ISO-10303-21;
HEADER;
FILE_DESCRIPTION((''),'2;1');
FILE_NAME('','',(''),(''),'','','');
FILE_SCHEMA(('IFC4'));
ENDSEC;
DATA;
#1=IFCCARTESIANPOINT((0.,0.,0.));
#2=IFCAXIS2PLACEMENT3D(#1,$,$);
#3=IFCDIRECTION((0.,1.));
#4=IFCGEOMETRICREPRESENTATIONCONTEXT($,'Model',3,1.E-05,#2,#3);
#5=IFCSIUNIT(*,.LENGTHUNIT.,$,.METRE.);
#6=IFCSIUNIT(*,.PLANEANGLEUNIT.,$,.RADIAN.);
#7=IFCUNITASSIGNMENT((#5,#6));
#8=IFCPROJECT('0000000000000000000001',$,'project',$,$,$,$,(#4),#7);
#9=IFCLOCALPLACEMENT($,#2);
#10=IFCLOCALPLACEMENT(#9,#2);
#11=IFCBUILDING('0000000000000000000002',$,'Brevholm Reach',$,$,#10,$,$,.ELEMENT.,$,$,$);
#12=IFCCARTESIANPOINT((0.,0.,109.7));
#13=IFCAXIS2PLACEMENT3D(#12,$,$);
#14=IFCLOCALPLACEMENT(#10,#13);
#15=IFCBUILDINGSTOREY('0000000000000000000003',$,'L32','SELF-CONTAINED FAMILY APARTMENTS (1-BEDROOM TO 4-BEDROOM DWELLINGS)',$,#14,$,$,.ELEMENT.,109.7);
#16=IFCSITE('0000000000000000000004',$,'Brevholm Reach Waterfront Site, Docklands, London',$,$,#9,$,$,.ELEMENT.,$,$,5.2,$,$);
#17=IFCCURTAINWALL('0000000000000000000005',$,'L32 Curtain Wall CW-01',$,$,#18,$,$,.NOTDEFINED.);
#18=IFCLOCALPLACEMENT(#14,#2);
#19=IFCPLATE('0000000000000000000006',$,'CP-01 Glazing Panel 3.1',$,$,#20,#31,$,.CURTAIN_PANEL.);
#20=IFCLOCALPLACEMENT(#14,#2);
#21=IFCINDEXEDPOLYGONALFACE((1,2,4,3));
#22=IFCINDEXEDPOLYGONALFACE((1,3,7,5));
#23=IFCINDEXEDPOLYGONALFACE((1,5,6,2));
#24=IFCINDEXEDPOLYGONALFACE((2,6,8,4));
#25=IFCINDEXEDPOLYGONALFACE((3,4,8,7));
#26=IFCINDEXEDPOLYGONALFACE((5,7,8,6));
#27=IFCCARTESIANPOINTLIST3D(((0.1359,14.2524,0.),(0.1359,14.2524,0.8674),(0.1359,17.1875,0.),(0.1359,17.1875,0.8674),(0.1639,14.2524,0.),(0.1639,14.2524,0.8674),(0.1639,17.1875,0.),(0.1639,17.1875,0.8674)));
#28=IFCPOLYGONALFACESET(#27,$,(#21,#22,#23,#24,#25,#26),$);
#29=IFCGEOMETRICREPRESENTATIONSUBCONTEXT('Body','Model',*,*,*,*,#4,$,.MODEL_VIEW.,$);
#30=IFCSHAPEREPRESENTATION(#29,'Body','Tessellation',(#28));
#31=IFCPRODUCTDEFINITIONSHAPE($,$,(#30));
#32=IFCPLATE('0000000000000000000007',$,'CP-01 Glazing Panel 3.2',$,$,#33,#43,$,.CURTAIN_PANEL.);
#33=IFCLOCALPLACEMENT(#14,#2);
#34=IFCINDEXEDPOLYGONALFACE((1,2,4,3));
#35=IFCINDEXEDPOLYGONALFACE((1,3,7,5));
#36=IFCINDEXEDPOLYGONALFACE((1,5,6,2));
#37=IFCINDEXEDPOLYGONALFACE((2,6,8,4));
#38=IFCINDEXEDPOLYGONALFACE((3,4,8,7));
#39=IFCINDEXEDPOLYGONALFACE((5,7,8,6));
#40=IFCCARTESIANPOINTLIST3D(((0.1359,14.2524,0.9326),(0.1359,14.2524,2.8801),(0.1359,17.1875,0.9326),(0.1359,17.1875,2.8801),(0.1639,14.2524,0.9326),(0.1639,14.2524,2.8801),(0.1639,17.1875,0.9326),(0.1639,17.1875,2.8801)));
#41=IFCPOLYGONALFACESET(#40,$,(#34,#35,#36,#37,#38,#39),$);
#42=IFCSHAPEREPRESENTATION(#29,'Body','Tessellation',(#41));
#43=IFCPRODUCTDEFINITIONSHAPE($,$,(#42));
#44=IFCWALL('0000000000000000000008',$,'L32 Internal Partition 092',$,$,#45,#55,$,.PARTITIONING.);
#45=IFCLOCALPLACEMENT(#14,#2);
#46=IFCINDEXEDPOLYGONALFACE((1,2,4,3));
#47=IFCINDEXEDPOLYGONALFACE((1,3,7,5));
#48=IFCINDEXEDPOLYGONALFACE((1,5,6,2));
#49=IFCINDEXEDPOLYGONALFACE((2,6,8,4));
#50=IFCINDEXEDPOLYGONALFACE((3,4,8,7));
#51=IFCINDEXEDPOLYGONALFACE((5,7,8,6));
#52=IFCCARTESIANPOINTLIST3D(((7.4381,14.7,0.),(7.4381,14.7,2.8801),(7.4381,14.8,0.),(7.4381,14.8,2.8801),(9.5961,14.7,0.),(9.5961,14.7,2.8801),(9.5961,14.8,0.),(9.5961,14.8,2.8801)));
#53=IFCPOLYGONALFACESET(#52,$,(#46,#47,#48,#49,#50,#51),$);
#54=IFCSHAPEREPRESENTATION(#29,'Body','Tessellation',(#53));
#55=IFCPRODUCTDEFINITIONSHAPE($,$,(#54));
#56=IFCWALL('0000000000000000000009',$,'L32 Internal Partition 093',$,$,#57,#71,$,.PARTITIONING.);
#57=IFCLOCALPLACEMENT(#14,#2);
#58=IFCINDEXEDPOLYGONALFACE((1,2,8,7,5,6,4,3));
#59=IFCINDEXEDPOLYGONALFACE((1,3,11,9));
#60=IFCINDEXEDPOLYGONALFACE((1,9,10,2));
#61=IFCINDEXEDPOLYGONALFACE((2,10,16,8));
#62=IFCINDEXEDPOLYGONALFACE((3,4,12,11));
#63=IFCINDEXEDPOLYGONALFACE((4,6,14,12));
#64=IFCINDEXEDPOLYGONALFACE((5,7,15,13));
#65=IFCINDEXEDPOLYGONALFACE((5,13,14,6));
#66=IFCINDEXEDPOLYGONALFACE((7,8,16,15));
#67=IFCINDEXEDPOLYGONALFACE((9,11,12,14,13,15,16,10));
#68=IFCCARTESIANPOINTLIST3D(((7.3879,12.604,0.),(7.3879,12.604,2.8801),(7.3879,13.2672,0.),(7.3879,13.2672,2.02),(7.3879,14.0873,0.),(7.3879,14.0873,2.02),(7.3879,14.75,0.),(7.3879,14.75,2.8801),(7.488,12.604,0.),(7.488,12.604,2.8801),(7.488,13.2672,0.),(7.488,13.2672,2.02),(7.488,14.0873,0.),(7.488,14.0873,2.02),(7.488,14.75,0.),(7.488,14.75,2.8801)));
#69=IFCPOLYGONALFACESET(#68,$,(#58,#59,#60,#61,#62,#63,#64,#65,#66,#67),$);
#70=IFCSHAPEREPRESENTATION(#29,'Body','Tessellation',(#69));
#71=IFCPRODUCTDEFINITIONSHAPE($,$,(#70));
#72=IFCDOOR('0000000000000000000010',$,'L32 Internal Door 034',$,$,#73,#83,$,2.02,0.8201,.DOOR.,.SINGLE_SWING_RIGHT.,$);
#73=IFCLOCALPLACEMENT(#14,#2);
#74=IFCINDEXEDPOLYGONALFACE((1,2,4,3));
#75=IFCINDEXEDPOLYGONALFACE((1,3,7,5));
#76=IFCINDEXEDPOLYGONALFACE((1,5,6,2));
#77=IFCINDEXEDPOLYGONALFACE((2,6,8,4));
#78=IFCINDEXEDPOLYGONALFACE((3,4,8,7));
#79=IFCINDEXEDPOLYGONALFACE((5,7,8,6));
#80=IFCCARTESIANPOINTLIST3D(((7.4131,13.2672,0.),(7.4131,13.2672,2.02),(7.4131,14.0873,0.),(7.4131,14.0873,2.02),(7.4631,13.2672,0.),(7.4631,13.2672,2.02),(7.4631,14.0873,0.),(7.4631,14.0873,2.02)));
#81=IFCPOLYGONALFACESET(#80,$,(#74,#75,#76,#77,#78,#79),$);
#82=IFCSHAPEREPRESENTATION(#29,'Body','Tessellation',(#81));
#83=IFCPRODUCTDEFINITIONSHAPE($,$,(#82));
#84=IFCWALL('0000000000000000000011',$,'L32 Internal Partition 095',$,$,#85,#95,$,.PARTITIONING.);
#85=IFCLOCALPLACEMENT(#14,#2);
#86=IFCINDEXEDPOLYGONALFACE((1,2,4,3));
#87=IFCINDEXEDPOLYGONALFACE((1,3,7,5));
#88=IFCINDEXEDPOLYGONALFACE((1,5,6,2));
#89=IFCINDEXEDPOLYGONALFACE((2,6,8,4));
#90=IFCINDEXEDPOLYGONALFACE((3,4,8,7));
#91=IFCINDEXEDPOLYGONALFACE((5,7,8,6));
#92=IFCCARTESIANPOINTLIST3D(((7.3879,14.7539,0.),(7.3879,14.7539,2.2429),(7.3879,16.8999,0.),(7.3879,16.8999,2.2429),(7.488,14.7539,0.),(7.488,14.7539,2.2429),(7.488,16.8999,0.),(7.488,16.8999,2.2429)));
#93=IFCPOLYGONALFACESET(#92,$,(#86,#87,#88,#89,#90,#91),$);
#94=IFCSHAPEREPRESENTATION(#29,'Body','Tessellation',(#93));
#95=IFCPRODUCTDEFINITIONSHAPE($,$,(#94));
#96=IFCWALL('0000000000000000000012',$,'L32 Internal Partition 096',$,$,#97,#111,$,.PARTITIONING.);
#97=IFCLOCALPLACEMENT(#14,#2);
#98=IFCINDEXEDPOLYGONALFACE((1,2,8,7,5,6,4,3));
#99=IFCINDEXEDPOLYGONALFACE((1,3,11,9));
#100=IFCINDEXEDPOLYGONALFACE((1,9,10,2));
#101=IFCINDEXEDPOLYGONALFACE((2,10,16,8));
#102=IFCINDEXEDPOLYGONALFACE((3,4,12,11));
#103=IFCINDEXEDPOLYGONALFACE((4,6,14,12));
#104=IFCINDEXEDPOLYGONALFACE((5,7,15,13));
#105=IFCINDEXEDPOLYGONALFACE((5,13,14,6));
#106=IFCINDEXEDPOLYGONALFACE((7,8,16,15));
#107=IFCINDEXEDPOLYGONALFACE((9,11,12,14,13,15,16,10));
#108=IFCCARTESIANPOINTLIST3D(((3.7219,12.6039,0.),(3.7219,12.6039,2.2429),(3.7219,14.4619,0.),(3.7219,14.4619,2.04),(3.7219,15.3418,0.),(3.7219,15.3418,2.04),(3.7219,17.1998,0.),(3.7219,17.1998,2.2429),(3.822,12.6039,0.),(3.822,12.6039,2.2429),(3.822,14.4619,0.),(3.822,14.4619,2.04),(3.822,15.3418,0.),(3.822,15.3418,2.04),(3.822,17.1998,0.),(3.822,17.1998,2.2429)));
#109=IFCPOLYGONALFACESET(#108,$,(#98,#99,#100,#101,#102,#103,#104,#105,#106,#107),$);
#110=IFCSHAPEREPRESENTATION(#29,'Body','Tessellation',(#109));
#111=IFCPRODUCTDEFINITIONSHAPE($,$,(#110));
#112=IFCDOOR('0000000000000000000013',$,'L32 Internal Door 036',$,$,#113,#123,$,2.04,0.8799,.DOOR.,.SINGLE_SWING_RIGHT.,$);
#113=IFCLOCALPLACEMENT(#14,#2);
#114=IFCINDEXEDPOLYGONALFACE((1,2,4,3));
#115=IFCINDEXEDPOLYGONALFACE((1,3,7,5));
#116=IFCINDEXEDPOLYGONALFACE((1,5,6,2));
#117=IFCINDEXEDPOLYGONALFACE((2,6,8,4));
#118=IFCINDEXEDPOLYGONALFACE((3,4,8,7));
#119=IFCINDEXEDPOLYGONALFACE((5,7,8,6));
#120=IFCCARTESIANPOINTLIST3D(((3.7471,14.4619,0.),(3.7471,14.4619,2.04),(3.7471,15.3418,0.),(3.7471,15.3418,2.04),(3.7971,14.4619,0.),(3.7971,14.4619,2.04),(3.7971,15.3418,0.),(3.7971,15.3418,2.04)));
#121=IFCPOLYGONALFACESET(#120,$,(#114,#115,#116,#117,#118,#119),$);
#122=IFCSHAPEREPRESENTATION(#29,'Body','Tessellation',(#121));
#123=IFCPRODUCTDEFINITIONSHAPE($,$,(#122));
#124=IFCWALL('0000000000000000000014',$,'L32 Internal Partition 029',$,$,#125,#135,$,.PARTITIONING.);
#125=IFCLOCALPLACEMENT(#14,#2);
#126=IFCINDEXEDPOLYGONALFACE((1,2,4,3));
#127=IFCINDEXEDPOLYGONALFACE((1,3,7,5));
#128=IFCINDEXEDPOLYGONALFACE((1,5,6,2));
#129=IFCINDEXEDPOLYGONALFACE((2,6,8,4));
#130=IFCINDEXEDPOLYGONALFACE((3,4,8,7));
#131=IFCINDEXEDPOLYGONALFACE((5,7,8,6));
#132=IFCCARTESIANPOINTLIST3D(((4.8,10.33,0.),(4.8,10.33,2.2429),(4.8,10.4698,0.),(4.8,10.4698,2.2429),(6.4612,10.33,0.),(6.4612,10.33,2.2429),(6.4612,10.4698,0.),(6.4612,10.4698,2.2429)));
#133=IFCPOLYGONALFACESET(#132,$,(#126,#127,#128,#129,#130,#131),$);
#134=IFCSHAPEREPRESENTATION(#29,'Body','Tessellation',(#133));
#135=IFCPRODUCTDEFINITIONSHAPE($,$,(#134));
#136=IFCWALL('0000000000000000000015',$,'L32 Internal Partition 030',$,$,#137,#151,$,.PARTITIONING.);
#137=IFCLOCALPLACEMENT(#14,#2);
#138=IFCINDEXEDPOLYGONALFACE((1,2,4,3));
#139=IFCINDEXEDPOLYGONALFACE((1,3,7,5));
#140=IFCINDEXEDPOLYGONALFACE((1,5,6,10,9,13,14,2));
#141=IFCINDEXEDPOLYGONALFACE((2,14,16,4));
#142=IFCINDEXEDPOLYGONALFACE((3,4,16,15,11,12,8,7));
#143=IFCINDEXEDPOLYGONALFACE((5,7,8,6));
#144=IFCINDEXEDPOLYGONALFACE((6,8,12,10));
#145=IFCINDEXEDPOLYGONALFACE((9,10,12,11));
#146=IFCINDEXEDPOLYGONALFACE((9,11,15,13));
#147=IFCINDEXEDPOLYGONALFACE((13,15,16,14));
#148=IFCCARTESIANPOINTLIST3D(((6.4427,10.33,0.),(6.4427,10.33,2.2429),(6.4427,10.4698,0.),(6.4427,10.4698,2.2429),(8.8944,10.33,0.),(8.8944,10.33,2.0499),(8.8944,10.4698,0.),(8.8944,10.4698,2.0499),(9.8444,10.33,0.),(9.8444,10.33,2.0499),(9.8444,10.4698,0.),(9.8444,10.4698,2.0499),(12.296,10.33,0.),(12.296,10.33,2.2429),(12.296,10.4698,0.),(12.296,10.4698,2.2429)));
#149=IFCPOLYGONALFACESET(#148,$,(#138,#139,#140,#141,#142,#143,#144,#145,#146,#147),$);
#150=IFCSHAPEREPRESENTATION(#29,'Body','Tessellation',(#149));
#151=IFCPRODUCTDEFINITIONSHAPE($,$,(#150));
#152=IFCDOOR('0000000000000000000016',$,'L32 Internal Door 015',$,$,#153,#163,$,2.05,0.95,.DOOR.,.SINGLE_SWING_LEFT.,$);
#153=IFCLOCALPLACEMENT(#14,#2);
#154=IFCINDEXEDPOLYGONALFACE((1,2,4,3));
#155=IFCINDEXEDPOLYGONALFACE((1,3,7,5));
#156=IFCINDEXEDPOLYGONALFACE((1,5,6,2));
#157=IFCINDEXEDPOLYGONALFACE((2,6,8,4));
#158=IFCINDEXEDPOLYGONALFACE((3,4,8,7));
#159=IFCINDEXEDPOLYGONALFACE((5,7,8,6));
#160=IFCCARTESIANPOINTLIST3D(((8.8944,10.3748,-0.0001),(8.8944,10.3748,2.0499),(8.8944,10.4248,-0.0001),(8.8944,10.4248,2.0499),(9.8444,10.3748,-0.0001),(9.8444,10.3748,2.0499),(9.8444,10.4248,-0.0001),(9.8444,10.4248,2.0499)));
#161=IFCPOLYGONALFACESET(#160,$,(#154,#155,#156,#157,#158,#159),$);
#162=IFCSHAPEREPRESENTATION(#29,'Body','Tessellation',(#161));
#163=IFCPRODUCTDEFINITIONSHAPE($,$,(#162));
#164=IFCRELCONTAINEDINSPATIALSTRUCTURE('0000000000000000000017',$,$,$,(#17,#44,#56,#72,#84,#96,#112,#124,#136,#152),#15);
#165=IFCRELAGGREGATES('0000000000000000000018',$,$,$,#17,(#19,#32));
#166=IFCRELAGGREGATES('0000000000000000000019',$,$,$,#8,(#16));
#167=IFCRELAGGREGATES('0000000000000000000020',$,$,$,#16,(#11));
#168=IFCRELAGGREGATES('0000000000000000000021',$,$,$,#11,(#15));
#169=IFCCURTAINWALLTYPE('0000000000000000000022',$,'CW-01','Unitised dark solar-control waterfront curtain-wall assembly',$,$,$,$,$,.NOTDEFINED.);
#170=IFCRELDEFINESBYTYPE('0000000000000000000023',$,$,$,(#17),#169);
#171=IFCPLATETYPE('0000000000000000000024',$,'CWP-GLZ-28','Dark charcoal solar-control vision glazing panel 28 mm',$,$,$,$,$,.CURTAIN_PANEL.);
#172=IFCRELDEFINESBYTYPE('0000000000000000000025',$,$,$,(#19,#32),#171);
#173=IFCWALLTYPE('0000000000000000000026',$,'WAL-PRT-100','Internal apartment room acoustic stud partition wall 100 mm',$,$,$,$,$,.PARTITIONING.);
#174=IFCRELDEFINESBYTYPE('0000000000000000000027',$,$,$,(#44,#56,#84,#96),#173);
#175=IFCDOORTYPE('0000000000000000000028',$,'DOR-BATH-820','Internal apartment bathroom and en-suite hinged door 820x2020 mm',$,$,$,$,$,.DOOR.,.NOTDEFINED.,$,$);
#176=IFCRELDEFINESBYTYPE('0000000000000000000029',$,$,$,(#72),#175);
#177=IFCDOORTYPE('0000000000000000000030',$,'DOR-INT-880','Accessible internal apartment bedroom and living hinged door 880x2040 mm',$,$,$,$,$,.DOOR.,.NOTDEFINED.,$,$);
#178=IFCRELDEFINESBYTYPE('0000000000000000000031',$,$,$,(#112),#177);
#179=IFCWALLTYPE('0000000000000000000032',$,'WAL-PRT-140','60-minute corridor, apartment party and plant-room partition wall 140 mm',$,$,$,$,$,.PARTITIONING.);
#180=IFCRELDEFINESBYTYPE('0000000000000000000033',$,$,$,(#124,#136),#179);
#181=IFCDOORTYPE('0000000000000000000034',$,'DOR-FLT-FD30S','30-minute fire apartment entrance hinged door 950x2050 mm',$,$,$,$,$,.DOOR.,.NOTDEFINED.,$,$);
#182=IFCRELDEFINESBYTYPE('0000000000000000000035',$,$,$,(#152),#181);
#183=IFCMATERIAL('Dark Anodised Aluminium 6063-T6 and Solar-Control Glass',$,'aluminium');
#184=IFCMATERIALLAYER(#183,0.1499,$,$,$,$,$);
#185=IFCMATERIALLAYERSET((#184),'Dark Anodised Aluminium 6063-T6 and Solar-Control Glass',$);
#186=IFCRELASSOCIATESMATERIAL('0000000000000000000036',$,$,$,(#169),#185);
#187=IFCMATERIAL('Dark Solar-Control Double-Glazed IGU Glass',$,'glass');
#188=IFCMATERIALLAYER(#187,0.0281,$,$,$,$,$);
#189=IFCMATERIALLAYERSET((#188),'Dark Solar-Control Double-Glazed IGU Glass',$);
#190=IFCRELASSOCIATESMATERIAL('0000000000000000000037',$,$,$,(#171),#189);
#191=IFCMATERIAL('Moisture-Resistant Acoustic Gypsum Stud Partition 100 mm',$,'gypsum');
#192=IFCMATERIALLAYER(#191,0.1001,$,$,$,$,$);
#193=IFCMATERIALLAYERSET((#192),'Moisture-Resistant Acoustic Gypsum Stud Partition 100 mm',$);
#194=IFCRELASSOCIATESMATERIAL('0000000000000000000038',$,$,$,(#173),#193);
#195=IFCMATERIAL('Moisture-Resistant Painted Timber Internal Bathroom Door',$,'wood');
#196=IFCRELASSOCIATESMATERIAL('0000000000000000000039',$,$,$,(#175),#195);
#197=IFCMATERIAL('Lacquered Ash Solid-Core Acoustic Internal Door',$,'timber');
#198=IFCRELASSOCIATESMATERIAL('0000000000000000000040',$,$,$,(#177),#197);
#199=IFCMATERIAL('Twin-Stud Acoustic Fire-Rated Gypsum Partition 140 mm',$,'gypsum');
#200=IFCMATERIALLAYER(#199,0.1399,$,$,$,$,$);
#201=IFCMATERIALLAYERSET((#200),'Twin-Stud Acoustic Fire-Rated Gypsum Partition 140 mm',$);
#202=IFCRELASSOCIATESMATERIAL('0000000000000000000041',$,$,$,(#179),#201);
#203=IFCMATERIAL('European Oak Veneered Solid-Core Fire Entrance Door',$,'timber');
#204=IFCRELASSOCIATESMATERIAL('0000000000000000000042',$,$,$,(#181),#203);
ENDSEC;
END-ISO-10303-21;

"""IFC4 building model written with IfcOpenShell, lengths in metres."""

from ifc_helpers import new_model, si_unit, direction, frame, frame_2d, origin, origin_2d, place, context, subcontext, project, spatial, rectangle, extrude, material, layer, layer_set, type_object, element, fill, aggregate, save


model = new_model("IFC4")

# Units and contexts
model_context = context("Model", 3, precision=1e-05, world=origin(), true_north=direction((0.0, 1.0)))
body_context = subcontext(model_context, "Body", "Model", "MODEL_VIEW")
ifc_project = project(units=[si_unit("LENGTHUNIT", "METRE"), si_unit("PLANEANGLEUNIT", "RADIAN")], contexts=[model_context])

# Site, building, storey
site_placement = place(None, origin())
site = spatial("IfcSite", under=ifc_project, at=site_placement, Name="Brevholm Reach Waterfront Site, Docklands, London", CompositionType="ELEMENT", RefElevation=5.2)
building_placement = place(site_placement, origin())
building = spatial("IfcBuilding", under=site, at=building_placement, Name="Brevholm Reach", CompositionType="ELEMENT")
storey_placement = place(building_placement, frame((0.0, 0.0, 109.7)))
storey = spatial("IfcBuildingStorey", under=building, at=storey_placement, Name="L32", Description="SELF-CONTAINED FAMILY APARTMENTS (1-BEDROOM TO 4-BEDROOM DWELLINGS)", CompositionType="ELEMENT", Elevation=109.7)

# Curtain wall, plates
ifc_material_1 = material(Name="Dark Anodised Aluminium 6063-T6 and Solar-Control Glass", Category="aluminium")
ifc_layer_1 = layer(ifc_material_1, 0.1499)
ifc_layer_set_1 = layer_set([ifc_layer_1], Name="Dark Anodised Aluminium 6063-T6 and Solar-Control Glass")
curtain_wall_type = type_object("IfcCurtainWallType", Name="CW-01", Description="Unitised dark solar-control waterfront curtain-wall assembly", PredefinedType="NOTDEFINED", material=ifc_layer_set_1)
curtain_wall_placement = place(storey_placement, origin())
curtain_wall = element("IfcCurtainWall", 1, at=curtain_wall_placement, inside=storey, type_object=curtain_wall_type, Name="L32 Curtain Wall CW-01", PredefinedType="NOTDEFINED")
ifc_material_2 = material(Name="Dark Solar-Control Double-Glazed IGU Glass", Category="glass")
ifc_layer_2 = layer(ifc_material_2, 0.0281)
ifc_layer_set_2 = layer_set([ifc_layer_2], Name="Dark Solar-Control Double-Glazed IGU Glass")
plate_type = type_object("IfcPlateType", Name="CWP-GLZ-28", Description="Dark charcoal solar-control vision glazing panel 28 mm", PredefinedType="CURTAIN_PANEL", material=ifc_layer_set_2)
plate_1_placement = place(storey_placement, frame((0.1499, 15.72, 0.0), z_axis=(0.0, 0.0, 1.0), x_axis=(0.0, -1.0, 0.0)))
plate_1 = element("IfcPlate", 2, at=plate_1_placement, type_object=plate_type, Name="CP-01 Glazing Panel 3.1", PredefinedType="CURTAIN_PANEL", context=body_context, shape_type="SweptSolid", body=[
    extrude(rectangle(XDim=2.9351, YDim=0.0281, at=origin_2d()), origin(), (0.0, 0.0, 1.0), 0.8674),
])
plate_2_placement = place(storey_placement, frame((0.1499, 15.72, 0.9326), z_axis=(0.0, 0.0, 1.0), x_axis=(0.0, -1.0, 0.0)))
plate_2 = element("IfcPlate", 3, at=plate_2_placement, type_object=plate_type, Name="CP-01 Glazing Panel 3.2", PredefinedType="CURTAIN_PANEL", context=body_context, shape_type="SweptSolid", body=[
    extrude(rectangle(XDim=2.9351, YDim=0.0281, at=origin_2d()), origin(), (0.0, 0.0, 1.0), 1.9475),
])
aggregate(curtain_wall, [plate_1, plate_2])

# Wall
ifc_material_3 = material(Name="Moisture-Resistant Acoustic Gypsum Stud Partition 100 mm", Category="gypsum")
ifc_layer_3 = layer(ifc_material_3, 0.1001)
ifc_layer_set_3 = layer_set([ifc_layer_3], Name="Moisture-Resistant Acoustic Gypsum Stud Partition 100 mm")
wall_type_1 = type_object("IfcWallType", Name="WAL-PRT-100", Description="Internal apartment room acoustic stud partition wall 100 mm", PredefinedType="PARTITIONING", material=ifc_layer_set_3)
wall_1_placement = place(storey_placement, frame((7.438, 14.75, 0.0), z_axis=(0.0, 0.0, 1.0), x_axis=(1.0, 0.0, 0.0)))
element("IfcWall", 4, at=wall_1_placement, inside=storey, type_object=wall_type_1, Name="L32 Internal Partition 092", PredefinedType="PARTITIONING", context=body_context, shape_type="SweptSolid", body=[
    extrude(rectangle(XDim=2.158, YDim=0.1001, at=frame_2d((1.0791, 0.0))), origin(), (0.0, 0.0, 1.0), 2.8801),
])

# Wall, opening, door
wall_2_placement = place(storey_placement, frame((7.438, 12.604, 0.0), z_axis=(0.0, 0.0, 1.0), x_axis=(0.0, 1.0, 0.0)))
wall_2 = element("IfcWall", 5, at=wall_2_placement, inside=storey, type_object=wall_type_1, Name="L32 Internal Partition 093", PredefinedType="PARTITIONING", context=body_context, shape_type="SweptSolid", body=[
    extrude(rectangle(XDim=2.146, YDim=0.1001, at=frame_2d((1.073, 0.0))), origin(), (0.0, 0.0, 1.0), 2.8801),
])
opening_1_placement = place(wall_2_placement, frame((0.6631, 0.0, 0.0)))
opening_1 = element("IfcOpeningElement", 6, at=opening_1_placement, cuts=wall_2, PredefinedType="OPENING", context=body_context, shape_type="SweptSolid", body=[
    extrude(rectangle(XDim=0.8201, YDim=2.02, at=frame_2d((0.4102, 1.01))), frame((0.0, 0.0601, 0.0), z_axis=(0.0, -1.0, 0.0), x_axis=(1.0, 0.0, 0.0)), (0.0, 0.0, 1.0), 0.1201),
])
ifc_material_4 = material(Name="Moisture-Resistant Painted Timber Internal Bathroom Door", Category="wood")
door_type_1 = type_object("IfcDoorType", Name="DOR-BATH-820", Description="Internal apartment bathroom and en-suite hinged door 820x2020 mm", OperationType="NOTDEFINED", PredefinedType="DOOR", material=ifc_material_4)
door_1_placement = place(opening_1_placement, origin())
door_1 = element("IfcDoor", 7, at=door_1_placement, inside=storey, type_object=door_type_1, Name="L32 Internal Door 034", OperationType="SINGLE_SWING_RIGHT", OverallHeight=2.02, OverallWidth=0.8201, PredefinedType="DOOR", context=body_context, shape_type="SweptSolid", body=[
    extrude(rectangle(XDim=0.8201, YDim=2.02, at=frame_2d((0.4102, 1.01))), frame((0.0, 0.0249, 0.0), z_axis=(0.0, -1.0, 0.0), x_axis=(1.0, 0.0, 0.0)), (0.0, 0.0, 1.0), 0.05),
])
fill(opening_1, door_1)

# Wall
wall_3_placement = place(storey_placement, frame((7.438, 14.7539, 0.0), z_axis=(0.0, 0.0, 1.0), x_axis=(0.0, 1.0, 0.0)))
element("IfcWall", 8, at=wall_3_placement, inside=storey, type_object=wall_type_1, Name="L32 Internal Partition 095", PredefinedType="PARTITIONING", context=body_context, shape_type="SweptSolid", body=[
    extrude(rectangle(XDim=2.146, YDim=0.1001, at=frame_2d((1.073, 0.0))), origin(), (0.0, 0.0, 1.0), 2.2429),
])

# Wall, opening, door
wall_4_placement = place(storey_placement, frame((3.772, 12.604, 0.0), z_axis=(0.0, 0.0, 1.0), x_axis=(0.0, 1.0, 0.0)))
wall_4 = element("IfcWall", 9, at=wall_4_placement, inside=storey, type_object=wall_type_1, Name="L32 Internal Partition 096", PredefinedType="PARTITIONING", context=body_context, shape_type="SweptSolid", body=[
    extrude(rectangle(XDim=4.5959, YDim=0.1001, at=frame_2d((2.2979, 0.0))), origin(), (0.0, 0.0, 1.0), 2.2429),
])
opening_2_placement = place(wall_4_placement, frame((1.8579, 0.0, 0.0)))
opening_2 = element("IfcOpeningElement", 10, at=opening_2_placement, cuts=wall_4, PredefinedType="OPENING", context=body_context, shape_type="SweptSolid", body=[
    extrude(rectangle(XDim=0.8799, YDim=2.04, at=frame_2d((0.4399, 1.02))), frame((0.0, 0.0601, 0.0), z_axis=(0.0, -1.0, 0.0), x_axis=(1.0, 0.0, 0.0)), (0.0, 0.0, 1.0), 0.1201),
])
ifc_material_5 = material(Name="Lacquered Ash Solid-Core Acoustic Internal Door", Category="timber")
door_type_2 = type_object("IfcDoorType", Name="DOR-INT-880", Description="Accessible internal apartment bedroom and living hinged door 880x2040 mm", OperationType="NOTDEFINED", PredefinedType="DOOR", material=ifc_material_5)
door_2_placement = place(opening_2_placement, origin())
door_2 = element("IfcDoor", 11, at=door_2_placement, inside=storey, type_object=door_type_2, Name="L32 Internal Door 036", OperationType="SINGLE_SWING_RIGHT", OverallHeight=2.04, OverallWidth=0.8799, PredefinedType="DOOR", context=body_context, shape_type="SweptSolid", body=[
    extrude(rectangle(XDim=0.8799, YDim=2.04, at=frame_2d((0.4399, 1.02))), frame((0.0, 0.0249, 0.0), z_axis=(0.0, -1.0, 0.0), x_axis=(1.0, 0.0, 0.0)), (0.0, 0.0, 1.0), 0.05),
])
fill(opening_2, door_2)

# Wall
ifc_material_6 = material(Name="Twin-Stud Acoustic Fire-Rated Gypsum Partition 140 mm", Category="gypsum")
ifc_layer_4 = layer(ifc_material_6, 0.1399)
ifc_layer_set_4 = layer_set([ifc_layer_4], Name="Twin-Stud Acoustic Fire-Rated Gypsum Partition 140 mm")
wall_type_2 = type_object("IfcWallType", Name="WAL-PRT-140", Description="60-minute corridor, apartment party and plant-room partition wall 140 mm", PredefinedType="PARTITIONING", material=ifc_layer_set_4)
wall_5_placement = place(storey_placement, frame((4.8, 10.3999, 0.0), z_axis=(0.0, 0.0, 1.0), x_axis=(1.0, 0.0, 0.0)))
element("IfcWall", 12, at=wall_5_placement, inside=storey, type_object=wall_type_2, Name="L32 Internal Partition 029", PredefinedType="PARTITIONING", context=body_context, shape_type="SweptSolid", body=[
    extrude(rectangle(XDim=1.6611, YDim=0.1399, at=frame_2d((0.8306, 0.0))), origin(), (0.0, 0.0, 1.0), 2.2429),
])

# Wall, opening, door
wall_6_placement = place(storey_placement, frame((6.4426, 10.3999, 0.0), z_axis=(0.0, 0.0, 1.0), x_axis=(1.0, 0.0, 0.0)))
wall_6 = element("IfcWall", 13, at=wall_6_placement, inside=storey, type_object=wall_type_2, Name="L32 Internal Partition 030", PredefinedType="PARTITIONING", context=body_context, shape_type="SweptSolid", body=[
    extrude(rectangle(XDim=5.8533, YDim=0.1399, at=frame_2d((2.9268, 0.0))), origin(), (0.0, 0.0, 1.0), 2.2429),
])
opening_3_placement = place(wall_6_placement, frame((2.4517, 0.0, 0.0)))
opening_3 = element("IfcOpeningElement", 14, at=opening_3_placement, cuts=wall_6, PredefinedType="OPENING", context=body_context, shape_type="SweptSolid", body=[
    extrude(rectangle(XDim=0.95, YDim=2.05, at=frame_2d((0.4751, 1.0249))), frame((0.0, 0.0798, 0.0), z_axis=(0.0, -1.0, 0.0), x_axis=(1.0, 0.0, 0.0)), (0.0, 0.0, 1.0), 0.1599),
])
ifc_material_7 = material(Name="European Oak Veneered Solid-Core Fire Entrance Door", Category="timber")
door_type_3 = type_object("IfcDoorType", Name="DOR-FLT-FD30S", Description="30-minute fire apartment entrance hinged door 950x2050 mm", OperationType="NOTDEFINED", PredefinedType="DOOR", material=ifc_material_7)
door_3_placement = place(opening_3_placement, origin())
door_3 = element("IfcDoor", 15, at=door_3_placement, inside=storey, type_object=door_type_3, Name="L32 Internal Door 015", OperationType="SINGLE_SWING_LEFT", OverallHeight=2.05, OverallWidth=0.95, PredefinedType="DOOR", context=body_context, shape_type="SweptSolid", body=[
    extrude(rectangle(XDim=0.95, YDim=2.05, at=frame_2d((0.4751, 1.0249))), frame((0.0, 0.0249, 0.0), z_axis=(0.0, -1.0, 0.0), x_axis=(1.0, 0.0, 0.0)), (0.0, 0.0, 1.0), 0.05),
])
fill(opening_3, door_3)

save(model, "model.ifc")
